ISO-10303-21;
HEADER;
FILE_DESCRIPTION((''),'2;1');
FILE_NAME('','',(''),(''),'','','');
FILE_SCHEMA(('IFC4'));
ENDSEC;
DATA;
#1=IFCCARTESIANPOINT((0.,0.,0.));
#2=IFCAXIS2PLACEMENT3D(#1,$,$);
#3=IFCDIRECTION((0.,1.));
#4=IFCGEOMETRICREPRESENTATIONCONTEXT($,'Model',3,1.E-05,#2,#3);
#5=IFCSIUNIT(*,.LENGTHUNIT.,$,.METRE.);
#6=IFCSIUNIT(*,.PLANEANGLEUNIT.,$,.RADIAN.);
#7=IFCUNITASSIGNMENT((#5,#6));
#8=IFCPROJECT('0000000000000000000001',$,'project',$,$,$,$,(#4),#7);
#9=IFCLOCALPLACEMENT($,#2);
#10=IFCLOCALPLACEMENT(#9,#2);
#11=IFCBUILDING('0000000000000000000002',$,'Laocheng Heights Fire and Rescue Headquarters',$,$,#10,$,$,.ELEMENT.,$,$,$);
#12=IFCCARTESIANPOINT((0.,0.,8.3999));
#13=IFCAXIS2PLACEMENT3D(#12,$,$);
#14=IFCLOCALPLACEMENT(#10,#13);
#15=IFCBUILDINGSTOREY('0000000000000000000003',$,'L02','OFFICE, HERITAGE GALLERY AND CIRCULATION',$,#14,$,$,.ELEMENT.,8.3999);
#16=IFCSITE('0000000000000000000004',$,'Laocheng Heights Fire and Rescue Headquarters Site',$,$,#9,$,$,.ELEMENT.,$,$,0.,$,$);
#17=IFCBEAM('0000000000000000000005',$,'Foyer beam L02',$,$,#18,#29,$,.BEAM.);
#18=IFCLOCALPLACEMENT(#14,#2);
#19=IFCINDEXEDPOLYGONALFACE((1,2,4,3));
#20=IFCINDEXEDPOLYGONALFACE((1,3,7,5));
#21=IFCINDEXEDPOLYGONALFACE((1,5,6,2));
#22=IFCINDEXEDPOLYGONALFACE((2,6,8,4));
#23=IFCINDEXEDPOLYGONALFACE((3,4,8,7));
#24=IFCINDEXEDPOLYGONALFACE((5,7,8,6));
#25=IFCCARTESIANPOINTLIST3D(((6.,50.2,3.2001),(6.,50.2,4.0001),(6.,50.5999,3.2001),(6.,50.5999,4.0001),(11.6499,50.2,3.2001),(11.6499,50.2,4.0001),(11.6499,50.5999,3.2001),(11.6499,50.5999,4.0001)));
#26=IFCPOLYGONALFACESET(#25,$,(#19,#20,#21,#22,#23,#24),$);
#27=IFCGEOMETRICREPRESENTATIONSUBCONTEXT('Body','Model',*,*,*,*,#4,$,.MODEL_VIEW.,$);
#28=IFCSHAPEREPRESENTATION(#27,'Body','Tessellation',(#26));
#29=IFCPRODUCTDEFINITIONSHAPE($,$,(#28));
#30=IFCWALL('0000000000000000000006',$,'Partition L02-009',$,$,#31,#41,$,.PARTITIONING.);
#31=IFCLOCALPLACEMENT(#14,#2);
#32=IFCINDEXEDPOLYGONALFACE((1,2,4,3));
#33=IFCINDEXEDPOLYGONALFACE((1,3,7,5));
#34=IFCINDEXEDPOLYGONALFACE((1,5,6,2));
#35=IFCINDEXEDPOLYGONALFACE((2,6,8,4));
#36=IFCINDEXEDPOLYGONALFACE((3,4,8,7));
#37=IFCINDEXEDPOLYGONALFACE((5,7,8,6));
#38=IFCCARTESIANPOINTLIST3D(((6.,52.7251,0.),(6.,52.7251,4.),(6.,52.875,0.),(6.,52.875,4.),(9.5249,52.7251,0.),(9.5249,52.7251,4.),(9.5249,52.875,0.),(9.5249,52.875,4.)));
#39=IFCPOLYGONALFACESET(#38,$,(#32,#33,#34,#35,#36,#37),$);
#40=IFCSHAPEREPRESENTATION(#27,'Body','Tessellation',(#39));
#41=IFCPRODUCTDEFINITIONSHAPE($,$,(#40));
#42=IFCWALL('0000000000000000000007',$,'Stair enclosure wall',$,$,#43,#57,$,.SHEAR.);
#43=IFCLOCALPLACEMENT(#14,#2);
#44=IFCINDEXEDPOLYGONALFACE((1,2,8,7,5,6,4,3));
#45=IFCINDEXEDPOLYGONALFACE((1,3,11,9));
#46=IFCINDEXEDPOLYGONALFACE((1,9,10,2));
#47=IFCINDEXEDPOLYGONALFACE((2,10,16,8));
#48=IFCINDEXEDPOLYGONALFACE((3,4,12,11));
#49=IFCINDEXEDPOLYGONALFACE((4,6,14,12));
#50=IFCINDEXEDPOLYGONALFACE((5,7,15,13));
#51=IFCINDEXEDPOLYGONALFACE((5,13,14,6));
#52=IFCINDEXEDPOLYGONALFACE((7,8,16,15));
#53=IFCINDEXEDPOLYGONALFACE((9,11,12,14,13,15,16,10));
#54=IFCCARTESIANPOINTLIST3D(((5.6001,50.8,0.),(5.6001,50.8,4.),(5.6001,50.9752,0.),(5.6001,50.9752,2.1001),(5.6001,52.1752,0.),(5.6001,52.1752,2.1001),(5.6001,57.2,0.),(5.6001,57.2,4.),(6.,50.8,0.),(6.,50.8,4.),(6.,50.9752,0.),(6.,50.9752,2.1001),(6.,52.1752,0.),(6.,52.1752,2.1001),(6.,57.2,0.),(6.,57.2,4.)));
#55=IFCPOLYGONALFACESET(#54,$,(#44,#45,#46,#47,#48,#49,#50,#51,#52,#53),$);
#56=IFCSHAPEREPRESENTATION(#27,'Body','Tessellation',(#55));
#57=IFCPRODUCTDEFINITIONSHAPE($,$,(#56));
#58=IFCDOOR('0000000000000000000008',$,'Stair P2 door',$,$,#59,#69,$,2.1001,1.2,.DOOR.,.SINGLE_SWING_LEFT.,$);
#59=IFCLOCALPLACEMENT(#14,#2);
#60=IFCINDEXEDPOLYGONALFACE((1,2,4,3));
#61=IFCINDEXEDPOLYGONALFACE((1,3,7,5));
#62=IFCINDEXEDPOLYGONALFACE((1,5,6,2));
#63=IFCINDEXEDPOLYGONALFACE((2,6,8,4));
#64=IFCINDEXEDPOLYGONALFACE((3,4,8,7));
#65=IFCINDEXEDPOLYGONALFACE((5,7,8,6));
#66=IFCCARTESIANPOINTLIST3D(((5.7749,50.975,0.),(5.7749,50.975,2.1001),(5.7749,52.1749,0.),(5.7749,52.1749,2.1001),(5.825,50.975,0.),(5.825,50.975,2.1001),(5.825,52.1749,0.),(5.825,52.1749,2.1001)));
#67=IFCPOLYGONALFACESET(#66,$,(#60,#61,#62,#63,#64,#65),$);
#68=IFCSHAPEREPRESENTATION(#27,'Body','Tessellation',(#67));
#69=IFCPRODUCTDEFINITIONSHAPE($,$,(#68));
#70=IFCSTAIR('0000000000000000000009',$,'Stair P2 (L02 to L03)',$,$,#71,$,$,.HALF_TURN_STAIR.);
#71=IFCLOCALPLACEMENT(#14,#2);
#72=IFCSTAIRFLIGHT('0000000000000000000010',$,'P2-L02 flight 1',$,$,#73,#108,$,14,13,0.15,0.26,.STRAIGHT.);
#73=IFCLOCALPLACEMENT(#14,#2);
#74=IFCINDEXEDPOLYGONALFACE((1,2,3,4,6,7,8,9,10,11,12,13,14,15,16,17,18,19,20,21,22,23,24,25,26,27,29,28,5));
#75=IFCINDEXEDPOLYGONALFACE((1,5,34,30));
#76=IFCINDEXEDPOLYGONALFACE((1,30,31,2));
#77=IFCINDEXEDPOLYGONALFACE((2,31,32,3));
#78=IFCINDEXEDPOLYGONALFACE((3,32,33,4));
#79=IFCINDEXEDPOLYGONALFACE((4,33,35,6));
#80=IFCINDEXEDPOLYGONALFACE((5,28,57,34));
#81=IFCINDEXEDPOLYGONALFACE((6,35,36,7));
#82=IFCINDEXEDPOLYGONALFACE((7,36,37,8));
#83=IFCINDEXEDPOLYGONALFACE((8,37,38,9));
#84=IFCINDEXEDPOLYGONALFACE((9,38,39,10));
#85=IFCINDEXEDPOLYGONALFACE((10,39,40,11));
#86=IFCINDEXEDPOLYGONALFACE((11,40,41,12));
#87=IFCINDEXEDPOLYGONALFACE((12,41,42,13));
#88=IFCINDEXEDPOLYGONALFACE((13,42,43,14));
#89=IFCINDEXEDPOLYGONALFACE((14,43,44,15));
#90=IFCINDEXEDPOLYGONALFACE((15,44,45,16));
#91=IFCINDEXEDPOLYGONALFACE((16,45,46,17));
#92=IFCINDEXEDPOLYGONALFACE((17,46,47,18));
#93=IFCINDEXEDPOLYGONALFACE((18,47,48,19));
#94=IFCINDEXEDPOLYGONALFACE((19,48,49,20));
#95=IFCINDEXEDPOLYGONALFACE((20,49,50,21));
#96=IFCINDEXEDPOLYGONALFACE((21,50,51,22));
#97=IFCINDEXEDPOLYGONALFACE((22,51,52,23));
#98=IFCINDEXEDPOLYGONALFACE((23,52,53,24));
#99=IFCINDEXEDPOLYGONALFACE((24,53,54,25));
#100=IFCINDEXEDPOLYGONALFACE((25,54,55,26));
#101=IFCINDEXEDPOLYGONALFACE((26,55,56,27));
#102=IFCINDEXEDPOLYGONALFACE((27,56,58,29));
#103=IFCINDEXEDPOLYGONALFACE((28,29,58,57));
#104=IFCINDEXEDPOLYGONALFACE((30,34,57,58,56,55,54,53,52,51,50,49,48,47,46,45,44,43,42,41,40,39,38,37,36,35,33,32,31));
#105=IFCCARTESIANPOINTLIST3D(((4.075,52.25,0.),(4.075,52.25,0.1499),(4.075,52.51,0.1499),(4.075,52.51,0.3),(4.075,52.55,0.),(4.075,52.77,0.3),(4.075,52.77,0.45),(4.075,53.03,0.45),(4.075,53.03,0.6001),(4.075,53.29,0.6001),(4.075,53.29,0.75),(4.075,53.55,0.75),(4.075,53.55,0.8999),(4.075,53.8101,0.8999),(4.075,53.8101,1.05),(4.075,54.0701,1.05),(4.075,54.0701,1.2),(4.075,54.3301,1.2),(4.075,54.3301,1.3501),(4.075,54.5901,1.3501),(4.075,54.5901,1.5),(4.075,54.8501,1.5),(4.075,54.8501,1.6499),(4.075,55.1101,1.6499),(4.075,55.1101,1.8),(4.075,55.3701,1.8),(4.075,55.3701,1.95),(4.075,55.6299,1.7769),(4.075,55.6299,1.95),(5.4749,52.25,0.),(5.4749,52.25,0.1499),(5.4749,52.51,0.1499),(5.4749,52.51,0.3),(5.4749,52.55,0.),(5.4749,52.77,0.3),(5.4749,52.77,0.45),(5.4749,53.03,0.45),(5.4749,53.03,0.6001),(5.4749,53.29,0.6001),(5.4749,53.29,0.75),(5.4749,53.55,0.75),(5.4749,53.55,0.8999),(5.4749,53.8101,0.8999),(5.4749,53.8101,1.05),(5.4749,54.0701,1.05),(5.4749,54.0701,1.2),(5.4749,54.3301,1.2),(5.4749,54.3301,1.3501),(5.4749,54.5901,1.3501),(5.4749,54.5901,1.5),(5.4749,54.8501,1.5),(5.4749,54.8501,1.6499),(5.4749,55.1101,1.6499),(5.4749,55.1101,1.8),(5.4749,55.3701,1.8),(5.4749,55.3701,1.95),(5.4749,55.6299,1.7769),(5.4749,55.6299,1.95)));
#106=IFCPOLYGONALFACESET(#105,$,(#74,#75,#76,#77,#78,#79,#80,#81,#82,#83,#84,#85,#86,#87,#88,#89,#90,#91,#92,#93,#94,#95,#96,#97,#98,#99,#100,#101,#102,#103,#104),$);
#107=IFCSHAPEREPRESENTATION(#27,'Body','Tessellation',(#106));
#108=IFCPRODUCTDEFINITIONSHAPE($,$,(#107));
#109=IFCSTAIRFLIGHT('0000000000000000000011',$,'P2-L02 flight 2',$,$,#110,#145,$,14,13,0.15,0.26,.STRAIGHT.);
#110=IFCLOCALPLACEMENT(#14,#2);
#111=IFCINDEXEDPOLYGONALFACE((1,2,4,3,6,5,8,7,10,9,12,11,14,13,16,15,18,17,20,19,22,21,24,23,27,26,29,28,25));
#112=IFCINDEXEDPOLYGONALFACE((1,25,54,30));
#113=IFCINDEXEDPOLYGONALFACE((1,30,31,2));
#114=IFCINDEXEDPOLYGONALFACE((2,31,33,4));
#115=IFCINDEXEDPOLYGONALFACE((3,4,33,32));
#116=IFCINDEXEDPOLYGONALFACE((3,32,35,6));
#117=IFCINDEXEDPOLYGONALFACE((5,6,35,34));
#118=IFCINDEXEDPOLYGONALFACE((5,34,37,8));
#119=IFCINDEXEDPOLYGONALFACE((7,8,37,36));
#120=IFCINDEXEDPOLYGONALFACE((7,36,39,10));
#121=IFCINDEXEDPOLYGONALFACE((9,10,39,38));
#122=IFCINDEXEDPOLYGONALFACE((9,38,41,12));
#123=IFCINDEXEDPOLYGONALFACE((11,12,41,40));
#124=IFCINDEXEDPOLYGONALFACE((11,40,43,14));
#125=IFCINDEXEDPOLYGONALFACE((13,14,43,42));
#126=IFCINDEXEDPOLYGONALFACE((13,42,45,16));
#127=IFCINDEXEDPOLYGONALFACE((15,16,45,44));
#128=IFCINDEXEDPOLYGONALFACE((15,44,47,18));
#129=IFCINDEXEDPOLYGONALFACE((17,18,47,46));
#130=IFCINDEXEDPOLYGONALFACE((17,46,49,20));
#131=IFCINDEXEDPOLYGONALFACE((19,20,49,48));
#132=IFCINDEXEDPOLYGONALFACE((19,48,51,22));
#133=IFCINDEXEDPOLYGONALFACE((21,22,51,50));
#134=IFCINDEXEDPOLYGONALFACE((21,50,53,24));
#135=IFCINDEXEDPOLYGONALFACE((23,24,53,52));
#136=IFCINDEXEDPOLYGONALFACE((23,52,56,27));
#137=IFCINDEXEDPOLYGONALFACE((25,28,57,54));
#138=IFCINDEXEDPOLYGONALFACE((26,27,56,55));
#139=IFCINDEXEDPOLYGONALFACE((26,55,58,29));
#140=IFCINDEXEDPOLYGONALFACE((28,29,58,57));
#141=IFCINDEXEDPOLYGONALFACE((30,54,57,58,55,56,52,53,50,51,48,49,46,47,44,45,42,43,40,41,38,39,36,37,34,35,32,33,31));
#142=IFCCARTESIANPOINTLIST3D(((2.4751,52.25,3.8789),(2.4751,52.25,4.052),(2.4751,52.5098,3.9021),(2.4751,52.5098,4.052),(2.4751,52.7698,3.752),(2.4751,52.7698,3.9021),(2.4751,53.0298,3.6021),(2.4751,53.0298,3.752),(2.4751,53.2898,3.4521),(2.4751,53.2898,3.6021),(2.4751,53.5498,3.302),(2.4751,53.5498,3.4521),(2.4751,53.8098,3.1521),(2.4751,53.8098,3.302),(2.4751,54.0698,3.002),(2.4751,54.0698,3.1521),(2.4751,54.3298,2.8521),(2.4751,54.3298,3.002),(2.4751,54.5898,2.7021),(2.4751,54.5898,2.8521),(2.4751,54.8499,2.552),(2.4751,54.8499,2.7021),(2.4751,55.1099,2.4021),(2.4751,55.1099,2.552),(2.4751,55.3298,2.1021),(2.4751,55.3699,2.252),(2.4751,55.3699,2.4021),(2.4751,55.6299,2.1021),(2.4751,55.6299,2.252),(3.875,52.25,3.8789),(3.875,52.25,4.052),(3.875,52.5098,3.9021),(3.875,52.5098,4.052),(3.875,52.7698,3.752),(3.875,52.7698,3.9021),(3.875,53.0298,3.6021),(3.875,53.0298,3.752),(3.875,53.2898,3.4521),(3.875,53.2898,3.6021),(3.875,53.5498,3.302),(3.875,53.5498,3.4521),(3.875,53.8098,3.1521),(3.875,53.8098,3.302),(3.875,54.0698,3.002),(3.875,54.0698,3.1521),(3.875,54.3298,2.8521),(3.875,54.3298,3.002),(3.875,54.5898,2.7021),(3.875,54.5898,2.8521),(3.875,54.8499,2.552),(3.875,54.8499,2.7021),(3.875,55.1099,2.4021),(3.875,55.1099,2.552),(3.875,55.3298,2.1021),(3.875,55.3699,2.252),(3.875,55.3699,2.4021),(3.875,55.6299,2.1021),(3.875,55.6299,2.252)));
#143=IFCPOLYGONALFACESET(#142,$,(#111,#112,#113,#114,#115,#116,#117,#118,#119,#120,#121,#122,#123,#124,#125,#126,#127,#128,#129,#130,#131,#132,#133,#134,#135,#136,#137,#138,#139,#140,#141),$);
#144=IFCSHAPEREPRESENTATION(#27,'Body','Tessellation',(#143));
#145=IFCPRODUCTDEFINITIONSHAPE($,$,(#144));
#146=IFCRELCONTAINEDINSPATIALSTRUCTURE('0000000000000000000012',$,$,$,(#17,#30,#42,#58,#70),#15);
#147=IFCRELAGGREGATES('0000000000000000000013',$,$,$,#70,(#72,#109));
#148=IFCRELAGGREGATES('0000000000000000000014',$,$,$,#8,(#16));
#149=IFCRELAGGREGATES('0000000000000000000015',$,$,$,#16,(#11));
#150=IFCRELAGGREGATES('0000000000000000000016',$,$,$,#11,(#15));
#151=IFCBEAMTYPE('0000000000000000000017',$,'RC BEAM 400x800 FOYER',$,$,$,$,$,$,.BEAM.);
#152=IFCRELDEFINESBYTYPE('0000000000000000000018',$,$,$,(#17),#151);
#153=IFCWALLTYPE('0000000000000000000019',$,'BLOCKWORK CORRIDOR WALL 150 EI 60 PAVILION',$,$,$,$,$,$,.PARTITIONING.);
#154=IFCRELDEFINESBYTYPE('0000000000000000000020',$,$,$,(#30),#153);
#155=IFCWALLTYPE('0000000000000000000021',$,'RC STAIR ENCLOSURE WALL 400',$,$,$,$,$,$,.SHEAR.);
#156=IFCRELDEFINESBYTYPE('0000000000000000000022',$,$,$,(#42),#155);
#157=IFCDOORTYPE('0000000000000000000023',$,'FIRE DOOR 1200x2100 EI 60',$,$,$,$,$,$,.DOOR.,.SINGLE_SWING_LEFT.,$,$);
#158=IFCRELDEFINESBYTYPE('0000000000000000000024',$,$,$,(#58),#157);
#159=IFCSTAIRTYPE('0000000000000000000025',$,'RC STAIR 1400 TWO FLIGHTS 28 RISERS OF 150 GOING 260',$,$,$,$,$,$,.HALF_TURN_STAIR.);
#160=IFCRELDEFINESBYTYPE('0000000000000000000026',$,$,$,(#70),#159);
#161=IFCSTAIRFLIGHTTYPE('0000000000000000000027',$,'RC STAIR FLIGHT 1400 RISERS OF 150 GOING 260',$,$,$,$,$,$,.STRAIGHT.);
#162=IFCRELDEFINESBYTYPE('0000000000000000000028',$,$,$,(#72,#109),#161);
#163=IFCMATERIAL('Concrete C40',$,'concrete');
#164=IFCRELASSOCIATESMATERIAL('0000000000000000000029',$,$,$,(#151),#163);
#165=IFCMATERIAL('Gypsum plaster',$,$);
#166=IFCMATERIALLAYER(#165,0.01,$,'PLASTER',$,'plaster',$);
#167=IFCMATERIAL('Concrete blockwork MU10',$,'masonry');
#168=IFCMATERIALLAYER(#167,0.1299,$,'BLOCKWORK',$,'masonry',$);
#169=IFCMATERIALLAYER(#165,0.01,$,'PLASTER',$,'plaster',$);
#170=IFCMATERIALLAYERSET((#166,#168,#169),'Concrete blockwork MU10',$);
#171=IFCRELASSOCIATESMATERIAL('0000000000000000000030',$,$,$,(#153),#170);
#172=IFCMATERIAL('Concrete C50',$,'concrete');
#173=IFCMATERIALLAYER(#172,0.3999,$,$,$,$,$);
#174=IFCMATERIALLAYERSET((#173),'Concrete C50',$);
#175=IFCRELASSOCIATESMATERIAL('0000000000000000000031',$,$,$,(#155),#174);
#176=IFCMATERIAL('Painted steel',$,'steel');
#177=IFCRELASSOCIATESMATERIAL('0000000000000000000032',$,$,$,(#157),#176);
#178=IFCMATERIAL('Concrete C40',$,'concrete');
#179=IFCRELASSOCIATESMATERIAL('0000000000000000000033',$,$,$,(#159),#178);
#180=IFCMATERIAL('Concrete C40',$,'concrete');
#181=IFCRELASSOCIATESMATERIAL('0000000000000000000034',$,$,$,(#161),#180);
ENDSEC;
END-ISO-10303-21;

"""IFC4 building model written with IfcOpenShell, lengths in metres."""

from ifc_helpers import new_model, si_unit, direction, frame, frame_2d, origin, origin_2d, place, context, subcontext, project, spatial, polyline, rectangle, outline, extrude, material, layer, layer_set, material_profile, profile_set, type_object, element, fill, aggregate, save


model = new_model("IFC4")

# Units and contexts
model_context = context("Model", 3, precision=1e-05, world=origin(), true_north=direction((0.0, 1.0)))
body_context = subcontext(model_context, "Body", "Model", "MODEL_VIEW")
ifc_project = project(units=[si_unit("LENGTHUNIT", "METRE"), si_unit("PLANEANGLEUNIT", "RADIAN")], contexts=[model_context])

# Site, building, storey
site_placement = place(None, origin())
site = spatial("IfcSite", under=ifc_project, at=site_placement, Name="Laocheng Heights Fire and Rescue Headquarters Site", CompositionType="ELEMENT", RefElevation=0.0)
building_placement = place(site_placement, origin())
building = spatial("IfcBuilding", under=site, at=building_placement, Name="Laocheng Heights Fire and Rescue Headquarters", CompositionType="ELEMENT")
storey_placement = place(building_placement, frame((0.0, 0.0, 8.3999)))
storey = spatial("IfcBuildingStorey", under=building, at=storey_placement, Name="L02", Description="OFFICE, HERITAGE GALLERY AND CIRCULATION", CompositionType="ELEMENT", Elevation=8.3999)

# Beam
ifc_material_1 = material(Name="Concrete C40", Category="concrete")
ifc_material_profile = material_profile(ifc_material_1, rectangle(XDim=0.3999, YDim=0.8, at=origin_2d()), Name="RC BEAM 400x800 FOYER")
ifc_profile_set = profile_set([ifc_material_profile], Name="Concrete C40")
beam_type = type_object("IfcBeamType", Name="RC BEAM 400x800 FOYER", PredefinedType="BEAM", material=ifc_profile_set)
beam_placement = place(storey_placement, frame((6.0, 50.3999, 3.6001), z_axis=(1.0, 0.0, 0.0), x_axis=(0.0, 1.0, 0.0)))
element("IfcBeam", 1, at=beam_placement, inside=storey, type_object=beam_type, Name="Foyer beam L02", PredefinedType="BEAM", context=body_context, shape_type="SweptSolid", body=[
    extrude(rectangle(XDim=0.3999, YDim=0.8, at=origin_2d()), origin(), (0.0, 0.0, 1.0), 5.6499),
])

# Wall
ifc_material_2 = material(Name="Gypsum plaster")
ifc_layer_1 = layer(ifc_material_2, 0.01, Name="PLASTER", Category="plaster")
ifc_material_3 = material(Name="Concrete blockwork MU10", Category="masonry")
ifc_layer_2 = layer(ifc_material_3, 0.1299, Name="BLOCKWORK", Category="masonry")
ifc_layer_3 = layer(ifc_material_2, 0.01, Name="PLASTER", Category="plaster")
ifc_layer_set_1 = layer_set([ifc_layer_1, ifc_layer_2, ifc_layer_3], Name="Concrete blockwork MU10")
wall_type_1 = type_object("IfcWallType", Name="BLOCKWORK CORRIDOR WALL 150 EI 60 PAVILION", PredefinedType="PARTITIONING", material=ifc_layer_set_1)
wall_1_placement = place(storey_placement, frame((6.0, 52.8, 0.0), z_axis=(0.0, 0.0, 1.0), x_axis=(1.0, 0.0, 0.0)))
element("IfcWall", 2, at=wall_1_placement, inside=storey, type_object=wall_type_1, Name="Partition L02-009", PredefinedType="PARTITIONING", context=body_context, shape_type="SweptSolid", body=[
    extrude(rectangle(XDim=3.5249, YDim=0.1499, at=frame_2d((1.7625, 0.0))), origin(), (0.0, 0.0, 1.0), 4.0),
])

# Wall, opening, door
ifc_material_4 = material(Name="Concrete C50", Category="concrete")
ifc_layer_4 = layer(ifc_material_4, 0.3999)
ifc_layer_set_2 = layer_set([ifc_layer_4], Name="Concrete C50")
wall_type_2 = type_object("IfcWallType", Name="RC STAIR ENCLOSURE WALL 400", PredefinedType="SHEAR", material=ifc_layer_set_2)
wall_2_placement = place(storey_placement, frame((5.8, 50.8, 0.0), z_axis=(0.0, 0.0, 1.0), x_axis=(0.0, 1.0, 0.0)))
wall_2 = element("IfcWall", 3, at=wall_2_placement, inside=storey, type_object=wall_type_2, Name="Stair enclosure wall", PredefinedType="SHEAR", context=body_context, shape_type="SweptSolid", body=[
    extrude(rectangle(XDim=6.3999, YDim=0.3999, at=frame_2d((3.2, 0.0))), origin(), (0.0, 0.0, 1.0), 4.0),
])
opening_placement = place(wall_2_placement, frame((0.175, 0.0, 0.0)))
opening = element("IfcOpeningElement", 4, at=opening_placement, cuts=wall_2, PredefinedType="OPENING", context=body_context, shape_type="SweptSolid", body=[
    extrude(rectangle(XDim=1.2, YDim=2.1001, at=frame_2d((0.6001, 1.05))), frame((0.0, 0.21, 0.0), z_axis=(0.0, -1.0, 0.0), x_axis=(1.0, 0.0, 0.0)), (0.0, 0.0, 1.0), 0.4199),
])
ifc_material_5 = material(Name="Painted steel", Category="steel")
door_type = type_object("IfcDoorType", Name="FIRE DOOR 1200x2100 EI 60", OperationType="SINGLE_SWING_LEFT", PredefinedType="DOOR", material=ifc_material_5)
door_placement = place(opening_placement, frame((1.2, 0.0, 0.0), z_axis=(0.0, 0.0, 1.0), x_axis=(-1.0, 0.0, 0.0)))
door = element("IfcDoor", 5, at=door_placement, inside=storey, type_object=door_type, Name="Stair P2 door", OperationType="SINGLE_SWING_LEFT", OverallHeight=2.1001, OverallWidth=1.2, PredefinedType="DOOR", context=body_context, shape_type="SweptSolid", body=[
    extrude(rectangle(XDim=1.2, YDim=2.1001, at=frame_2d((0.6001, 1.05))), frame((0.0, 0.0249, 0.0), z_axis=(0.0, -1.0, 0.0), x_axis=(1.0, 0.0, 0.0)), (0.0, 0.0, 1.0), 0.05),
])
fill(opening, door)

# Stair, stair flights
ifc_material_6 = material(Name="Concrete C40", Category="concrete")
stair_type = type_object("IfcStairType", Name="RC STAIR 1400 TWO FLIGHTS 28 RISERS OF 150 GOING 260", PredefinedType="HALF_TURN_STAIR", material=ifc_material_6)
stair_placement = place(storey_placement, origin())
stair = element("IfcStair", 6, at=stair_placement, inside=storey, type_object=stair_type, Name="Stair P2 (L02 to L03)", PredefinedType="HALF_TURN_STAIR")
ifc_material_7 = material(Name="Concrete C40", Category="concrete")
stair_flight_type = type_object("IfcStairFlightType", Name="RC STAIR FLIGHT 1400 RISERS OF 150 GOING 260", PredefinedType="STRAIGHT", material=ifc_material_7)
stair_flight_1_placement = place(storey_placement, frame((4.7749, 52.25, 0.0), z_axis=(0.0, 0.0, 1.0), x_axis=(0.0, 1.0, 0.0)))
stair_flight_1 = element("IfcStairFlight", 7, at=stair_flight_1_placement, type_object=stair_flight_type, Name="P2-L02 flight 1", NumberOfRisers=14, NumberOfTreads=13, PredefinedType="STRAIGHT", RiserHeight=0.15, TreadLength=0.26, context=body_context, shape_type="SweptSolid", body=[
    extrude(outline(polyline([(0.0, 0.0), (0.0, 0.1499), (0.26, 0.1499), (0.26, 0.3), (0.52, 0.3), (0.52, 0.45), (0.78, 0.45), (0.78, 0.6001), (1.04, 0.6001), (1.04, 0.75), (1.3, 0.75), (1.3, 0.8999), (1.5601, 0.8999), (1.5601, 1.05), (1.8201, 1.05), (1.8201, 1.2), (2.0801, 1.2), (2.0801, 1.3501), (2.3401, 1.3501), (2.3401, 1.5), (2.6001, 1.5), (2.6001, 1.6499), (2.8601, 1.6499), (2.8601, 1.8), (3.1201, 1.8), (3.1201, 1.95), (3.3799, 1.95), (3.3799, 2.1001), (3.3799, 1.7769), (0.3, 0.0), (0.0, 0.0)])), frame((0.0, 0.7, 0.0), z_axis=(0.0, -1.0, 0.0), x_axis=(1.0, 0.0, 0.0)), (0.0, 0.0, 1.0), 1.3999),
])
stair_flight_2_placement = place(storey_placement, frame((3.175, 55.6299, 2.1021), z_axis=(0.0, 0.0, 1.0), x_axis=(0.0, -1.0, 0.0)))
stair_flight_2 = element("IfcStairFlight", 8, at=stair_flight_2_placement, type_object=stair_flight_type, Name="P2-L02 flight 2", NumberOfRisers=14, NumberOfTreads=13, PredefinedType="STRAIGHT", RiserHeight=0.15, TreadLength=0.26, context=body_context, shape_type="SweptSolid", body=[
    extrude(outline(polyline([(0.0, 0.0), (0.0, 0.1499), (0.26, 0.1499), (0.26, 0.3), (0.52, 0.3), (0.52, 0.45), (0.78, 0.45), (0.78, 0.6001), (1.04, 0.6001), (1.04, 0.75), (1.3, 0.75), (1.3, 0.8999), (1.5601, 0.8999), (1.5601, 1.05), (1.8201, 1.05), (1.8201, 1.2), (2.0801, 1.2), (2.0801, 1.3501), (2.3401, 1.3501), (2.3401, 1.5), (2.6001, 1.5), (2.6001, 1.6499), (2.8601, 1.6499), (2.8601, 1.8), (3.1201, 1.8), (3.1201, 1.95), (3.3799, 1.95), (3.3799, 2.1001), (3.3799, 1.7769), (0.3, 0.0), (0.0, 0.0)])), frame((0.0, 0.7, 0.0), z_axis=(0.0, -1.0, 0.0), x_axis=(1.0, 0.0, 0.0)), (0.0, 0.0, 1.0), 1.3999),
])
aggregate(stair, [stair_flight_1, stair_flight_2])

save(model, "model.ifc")
